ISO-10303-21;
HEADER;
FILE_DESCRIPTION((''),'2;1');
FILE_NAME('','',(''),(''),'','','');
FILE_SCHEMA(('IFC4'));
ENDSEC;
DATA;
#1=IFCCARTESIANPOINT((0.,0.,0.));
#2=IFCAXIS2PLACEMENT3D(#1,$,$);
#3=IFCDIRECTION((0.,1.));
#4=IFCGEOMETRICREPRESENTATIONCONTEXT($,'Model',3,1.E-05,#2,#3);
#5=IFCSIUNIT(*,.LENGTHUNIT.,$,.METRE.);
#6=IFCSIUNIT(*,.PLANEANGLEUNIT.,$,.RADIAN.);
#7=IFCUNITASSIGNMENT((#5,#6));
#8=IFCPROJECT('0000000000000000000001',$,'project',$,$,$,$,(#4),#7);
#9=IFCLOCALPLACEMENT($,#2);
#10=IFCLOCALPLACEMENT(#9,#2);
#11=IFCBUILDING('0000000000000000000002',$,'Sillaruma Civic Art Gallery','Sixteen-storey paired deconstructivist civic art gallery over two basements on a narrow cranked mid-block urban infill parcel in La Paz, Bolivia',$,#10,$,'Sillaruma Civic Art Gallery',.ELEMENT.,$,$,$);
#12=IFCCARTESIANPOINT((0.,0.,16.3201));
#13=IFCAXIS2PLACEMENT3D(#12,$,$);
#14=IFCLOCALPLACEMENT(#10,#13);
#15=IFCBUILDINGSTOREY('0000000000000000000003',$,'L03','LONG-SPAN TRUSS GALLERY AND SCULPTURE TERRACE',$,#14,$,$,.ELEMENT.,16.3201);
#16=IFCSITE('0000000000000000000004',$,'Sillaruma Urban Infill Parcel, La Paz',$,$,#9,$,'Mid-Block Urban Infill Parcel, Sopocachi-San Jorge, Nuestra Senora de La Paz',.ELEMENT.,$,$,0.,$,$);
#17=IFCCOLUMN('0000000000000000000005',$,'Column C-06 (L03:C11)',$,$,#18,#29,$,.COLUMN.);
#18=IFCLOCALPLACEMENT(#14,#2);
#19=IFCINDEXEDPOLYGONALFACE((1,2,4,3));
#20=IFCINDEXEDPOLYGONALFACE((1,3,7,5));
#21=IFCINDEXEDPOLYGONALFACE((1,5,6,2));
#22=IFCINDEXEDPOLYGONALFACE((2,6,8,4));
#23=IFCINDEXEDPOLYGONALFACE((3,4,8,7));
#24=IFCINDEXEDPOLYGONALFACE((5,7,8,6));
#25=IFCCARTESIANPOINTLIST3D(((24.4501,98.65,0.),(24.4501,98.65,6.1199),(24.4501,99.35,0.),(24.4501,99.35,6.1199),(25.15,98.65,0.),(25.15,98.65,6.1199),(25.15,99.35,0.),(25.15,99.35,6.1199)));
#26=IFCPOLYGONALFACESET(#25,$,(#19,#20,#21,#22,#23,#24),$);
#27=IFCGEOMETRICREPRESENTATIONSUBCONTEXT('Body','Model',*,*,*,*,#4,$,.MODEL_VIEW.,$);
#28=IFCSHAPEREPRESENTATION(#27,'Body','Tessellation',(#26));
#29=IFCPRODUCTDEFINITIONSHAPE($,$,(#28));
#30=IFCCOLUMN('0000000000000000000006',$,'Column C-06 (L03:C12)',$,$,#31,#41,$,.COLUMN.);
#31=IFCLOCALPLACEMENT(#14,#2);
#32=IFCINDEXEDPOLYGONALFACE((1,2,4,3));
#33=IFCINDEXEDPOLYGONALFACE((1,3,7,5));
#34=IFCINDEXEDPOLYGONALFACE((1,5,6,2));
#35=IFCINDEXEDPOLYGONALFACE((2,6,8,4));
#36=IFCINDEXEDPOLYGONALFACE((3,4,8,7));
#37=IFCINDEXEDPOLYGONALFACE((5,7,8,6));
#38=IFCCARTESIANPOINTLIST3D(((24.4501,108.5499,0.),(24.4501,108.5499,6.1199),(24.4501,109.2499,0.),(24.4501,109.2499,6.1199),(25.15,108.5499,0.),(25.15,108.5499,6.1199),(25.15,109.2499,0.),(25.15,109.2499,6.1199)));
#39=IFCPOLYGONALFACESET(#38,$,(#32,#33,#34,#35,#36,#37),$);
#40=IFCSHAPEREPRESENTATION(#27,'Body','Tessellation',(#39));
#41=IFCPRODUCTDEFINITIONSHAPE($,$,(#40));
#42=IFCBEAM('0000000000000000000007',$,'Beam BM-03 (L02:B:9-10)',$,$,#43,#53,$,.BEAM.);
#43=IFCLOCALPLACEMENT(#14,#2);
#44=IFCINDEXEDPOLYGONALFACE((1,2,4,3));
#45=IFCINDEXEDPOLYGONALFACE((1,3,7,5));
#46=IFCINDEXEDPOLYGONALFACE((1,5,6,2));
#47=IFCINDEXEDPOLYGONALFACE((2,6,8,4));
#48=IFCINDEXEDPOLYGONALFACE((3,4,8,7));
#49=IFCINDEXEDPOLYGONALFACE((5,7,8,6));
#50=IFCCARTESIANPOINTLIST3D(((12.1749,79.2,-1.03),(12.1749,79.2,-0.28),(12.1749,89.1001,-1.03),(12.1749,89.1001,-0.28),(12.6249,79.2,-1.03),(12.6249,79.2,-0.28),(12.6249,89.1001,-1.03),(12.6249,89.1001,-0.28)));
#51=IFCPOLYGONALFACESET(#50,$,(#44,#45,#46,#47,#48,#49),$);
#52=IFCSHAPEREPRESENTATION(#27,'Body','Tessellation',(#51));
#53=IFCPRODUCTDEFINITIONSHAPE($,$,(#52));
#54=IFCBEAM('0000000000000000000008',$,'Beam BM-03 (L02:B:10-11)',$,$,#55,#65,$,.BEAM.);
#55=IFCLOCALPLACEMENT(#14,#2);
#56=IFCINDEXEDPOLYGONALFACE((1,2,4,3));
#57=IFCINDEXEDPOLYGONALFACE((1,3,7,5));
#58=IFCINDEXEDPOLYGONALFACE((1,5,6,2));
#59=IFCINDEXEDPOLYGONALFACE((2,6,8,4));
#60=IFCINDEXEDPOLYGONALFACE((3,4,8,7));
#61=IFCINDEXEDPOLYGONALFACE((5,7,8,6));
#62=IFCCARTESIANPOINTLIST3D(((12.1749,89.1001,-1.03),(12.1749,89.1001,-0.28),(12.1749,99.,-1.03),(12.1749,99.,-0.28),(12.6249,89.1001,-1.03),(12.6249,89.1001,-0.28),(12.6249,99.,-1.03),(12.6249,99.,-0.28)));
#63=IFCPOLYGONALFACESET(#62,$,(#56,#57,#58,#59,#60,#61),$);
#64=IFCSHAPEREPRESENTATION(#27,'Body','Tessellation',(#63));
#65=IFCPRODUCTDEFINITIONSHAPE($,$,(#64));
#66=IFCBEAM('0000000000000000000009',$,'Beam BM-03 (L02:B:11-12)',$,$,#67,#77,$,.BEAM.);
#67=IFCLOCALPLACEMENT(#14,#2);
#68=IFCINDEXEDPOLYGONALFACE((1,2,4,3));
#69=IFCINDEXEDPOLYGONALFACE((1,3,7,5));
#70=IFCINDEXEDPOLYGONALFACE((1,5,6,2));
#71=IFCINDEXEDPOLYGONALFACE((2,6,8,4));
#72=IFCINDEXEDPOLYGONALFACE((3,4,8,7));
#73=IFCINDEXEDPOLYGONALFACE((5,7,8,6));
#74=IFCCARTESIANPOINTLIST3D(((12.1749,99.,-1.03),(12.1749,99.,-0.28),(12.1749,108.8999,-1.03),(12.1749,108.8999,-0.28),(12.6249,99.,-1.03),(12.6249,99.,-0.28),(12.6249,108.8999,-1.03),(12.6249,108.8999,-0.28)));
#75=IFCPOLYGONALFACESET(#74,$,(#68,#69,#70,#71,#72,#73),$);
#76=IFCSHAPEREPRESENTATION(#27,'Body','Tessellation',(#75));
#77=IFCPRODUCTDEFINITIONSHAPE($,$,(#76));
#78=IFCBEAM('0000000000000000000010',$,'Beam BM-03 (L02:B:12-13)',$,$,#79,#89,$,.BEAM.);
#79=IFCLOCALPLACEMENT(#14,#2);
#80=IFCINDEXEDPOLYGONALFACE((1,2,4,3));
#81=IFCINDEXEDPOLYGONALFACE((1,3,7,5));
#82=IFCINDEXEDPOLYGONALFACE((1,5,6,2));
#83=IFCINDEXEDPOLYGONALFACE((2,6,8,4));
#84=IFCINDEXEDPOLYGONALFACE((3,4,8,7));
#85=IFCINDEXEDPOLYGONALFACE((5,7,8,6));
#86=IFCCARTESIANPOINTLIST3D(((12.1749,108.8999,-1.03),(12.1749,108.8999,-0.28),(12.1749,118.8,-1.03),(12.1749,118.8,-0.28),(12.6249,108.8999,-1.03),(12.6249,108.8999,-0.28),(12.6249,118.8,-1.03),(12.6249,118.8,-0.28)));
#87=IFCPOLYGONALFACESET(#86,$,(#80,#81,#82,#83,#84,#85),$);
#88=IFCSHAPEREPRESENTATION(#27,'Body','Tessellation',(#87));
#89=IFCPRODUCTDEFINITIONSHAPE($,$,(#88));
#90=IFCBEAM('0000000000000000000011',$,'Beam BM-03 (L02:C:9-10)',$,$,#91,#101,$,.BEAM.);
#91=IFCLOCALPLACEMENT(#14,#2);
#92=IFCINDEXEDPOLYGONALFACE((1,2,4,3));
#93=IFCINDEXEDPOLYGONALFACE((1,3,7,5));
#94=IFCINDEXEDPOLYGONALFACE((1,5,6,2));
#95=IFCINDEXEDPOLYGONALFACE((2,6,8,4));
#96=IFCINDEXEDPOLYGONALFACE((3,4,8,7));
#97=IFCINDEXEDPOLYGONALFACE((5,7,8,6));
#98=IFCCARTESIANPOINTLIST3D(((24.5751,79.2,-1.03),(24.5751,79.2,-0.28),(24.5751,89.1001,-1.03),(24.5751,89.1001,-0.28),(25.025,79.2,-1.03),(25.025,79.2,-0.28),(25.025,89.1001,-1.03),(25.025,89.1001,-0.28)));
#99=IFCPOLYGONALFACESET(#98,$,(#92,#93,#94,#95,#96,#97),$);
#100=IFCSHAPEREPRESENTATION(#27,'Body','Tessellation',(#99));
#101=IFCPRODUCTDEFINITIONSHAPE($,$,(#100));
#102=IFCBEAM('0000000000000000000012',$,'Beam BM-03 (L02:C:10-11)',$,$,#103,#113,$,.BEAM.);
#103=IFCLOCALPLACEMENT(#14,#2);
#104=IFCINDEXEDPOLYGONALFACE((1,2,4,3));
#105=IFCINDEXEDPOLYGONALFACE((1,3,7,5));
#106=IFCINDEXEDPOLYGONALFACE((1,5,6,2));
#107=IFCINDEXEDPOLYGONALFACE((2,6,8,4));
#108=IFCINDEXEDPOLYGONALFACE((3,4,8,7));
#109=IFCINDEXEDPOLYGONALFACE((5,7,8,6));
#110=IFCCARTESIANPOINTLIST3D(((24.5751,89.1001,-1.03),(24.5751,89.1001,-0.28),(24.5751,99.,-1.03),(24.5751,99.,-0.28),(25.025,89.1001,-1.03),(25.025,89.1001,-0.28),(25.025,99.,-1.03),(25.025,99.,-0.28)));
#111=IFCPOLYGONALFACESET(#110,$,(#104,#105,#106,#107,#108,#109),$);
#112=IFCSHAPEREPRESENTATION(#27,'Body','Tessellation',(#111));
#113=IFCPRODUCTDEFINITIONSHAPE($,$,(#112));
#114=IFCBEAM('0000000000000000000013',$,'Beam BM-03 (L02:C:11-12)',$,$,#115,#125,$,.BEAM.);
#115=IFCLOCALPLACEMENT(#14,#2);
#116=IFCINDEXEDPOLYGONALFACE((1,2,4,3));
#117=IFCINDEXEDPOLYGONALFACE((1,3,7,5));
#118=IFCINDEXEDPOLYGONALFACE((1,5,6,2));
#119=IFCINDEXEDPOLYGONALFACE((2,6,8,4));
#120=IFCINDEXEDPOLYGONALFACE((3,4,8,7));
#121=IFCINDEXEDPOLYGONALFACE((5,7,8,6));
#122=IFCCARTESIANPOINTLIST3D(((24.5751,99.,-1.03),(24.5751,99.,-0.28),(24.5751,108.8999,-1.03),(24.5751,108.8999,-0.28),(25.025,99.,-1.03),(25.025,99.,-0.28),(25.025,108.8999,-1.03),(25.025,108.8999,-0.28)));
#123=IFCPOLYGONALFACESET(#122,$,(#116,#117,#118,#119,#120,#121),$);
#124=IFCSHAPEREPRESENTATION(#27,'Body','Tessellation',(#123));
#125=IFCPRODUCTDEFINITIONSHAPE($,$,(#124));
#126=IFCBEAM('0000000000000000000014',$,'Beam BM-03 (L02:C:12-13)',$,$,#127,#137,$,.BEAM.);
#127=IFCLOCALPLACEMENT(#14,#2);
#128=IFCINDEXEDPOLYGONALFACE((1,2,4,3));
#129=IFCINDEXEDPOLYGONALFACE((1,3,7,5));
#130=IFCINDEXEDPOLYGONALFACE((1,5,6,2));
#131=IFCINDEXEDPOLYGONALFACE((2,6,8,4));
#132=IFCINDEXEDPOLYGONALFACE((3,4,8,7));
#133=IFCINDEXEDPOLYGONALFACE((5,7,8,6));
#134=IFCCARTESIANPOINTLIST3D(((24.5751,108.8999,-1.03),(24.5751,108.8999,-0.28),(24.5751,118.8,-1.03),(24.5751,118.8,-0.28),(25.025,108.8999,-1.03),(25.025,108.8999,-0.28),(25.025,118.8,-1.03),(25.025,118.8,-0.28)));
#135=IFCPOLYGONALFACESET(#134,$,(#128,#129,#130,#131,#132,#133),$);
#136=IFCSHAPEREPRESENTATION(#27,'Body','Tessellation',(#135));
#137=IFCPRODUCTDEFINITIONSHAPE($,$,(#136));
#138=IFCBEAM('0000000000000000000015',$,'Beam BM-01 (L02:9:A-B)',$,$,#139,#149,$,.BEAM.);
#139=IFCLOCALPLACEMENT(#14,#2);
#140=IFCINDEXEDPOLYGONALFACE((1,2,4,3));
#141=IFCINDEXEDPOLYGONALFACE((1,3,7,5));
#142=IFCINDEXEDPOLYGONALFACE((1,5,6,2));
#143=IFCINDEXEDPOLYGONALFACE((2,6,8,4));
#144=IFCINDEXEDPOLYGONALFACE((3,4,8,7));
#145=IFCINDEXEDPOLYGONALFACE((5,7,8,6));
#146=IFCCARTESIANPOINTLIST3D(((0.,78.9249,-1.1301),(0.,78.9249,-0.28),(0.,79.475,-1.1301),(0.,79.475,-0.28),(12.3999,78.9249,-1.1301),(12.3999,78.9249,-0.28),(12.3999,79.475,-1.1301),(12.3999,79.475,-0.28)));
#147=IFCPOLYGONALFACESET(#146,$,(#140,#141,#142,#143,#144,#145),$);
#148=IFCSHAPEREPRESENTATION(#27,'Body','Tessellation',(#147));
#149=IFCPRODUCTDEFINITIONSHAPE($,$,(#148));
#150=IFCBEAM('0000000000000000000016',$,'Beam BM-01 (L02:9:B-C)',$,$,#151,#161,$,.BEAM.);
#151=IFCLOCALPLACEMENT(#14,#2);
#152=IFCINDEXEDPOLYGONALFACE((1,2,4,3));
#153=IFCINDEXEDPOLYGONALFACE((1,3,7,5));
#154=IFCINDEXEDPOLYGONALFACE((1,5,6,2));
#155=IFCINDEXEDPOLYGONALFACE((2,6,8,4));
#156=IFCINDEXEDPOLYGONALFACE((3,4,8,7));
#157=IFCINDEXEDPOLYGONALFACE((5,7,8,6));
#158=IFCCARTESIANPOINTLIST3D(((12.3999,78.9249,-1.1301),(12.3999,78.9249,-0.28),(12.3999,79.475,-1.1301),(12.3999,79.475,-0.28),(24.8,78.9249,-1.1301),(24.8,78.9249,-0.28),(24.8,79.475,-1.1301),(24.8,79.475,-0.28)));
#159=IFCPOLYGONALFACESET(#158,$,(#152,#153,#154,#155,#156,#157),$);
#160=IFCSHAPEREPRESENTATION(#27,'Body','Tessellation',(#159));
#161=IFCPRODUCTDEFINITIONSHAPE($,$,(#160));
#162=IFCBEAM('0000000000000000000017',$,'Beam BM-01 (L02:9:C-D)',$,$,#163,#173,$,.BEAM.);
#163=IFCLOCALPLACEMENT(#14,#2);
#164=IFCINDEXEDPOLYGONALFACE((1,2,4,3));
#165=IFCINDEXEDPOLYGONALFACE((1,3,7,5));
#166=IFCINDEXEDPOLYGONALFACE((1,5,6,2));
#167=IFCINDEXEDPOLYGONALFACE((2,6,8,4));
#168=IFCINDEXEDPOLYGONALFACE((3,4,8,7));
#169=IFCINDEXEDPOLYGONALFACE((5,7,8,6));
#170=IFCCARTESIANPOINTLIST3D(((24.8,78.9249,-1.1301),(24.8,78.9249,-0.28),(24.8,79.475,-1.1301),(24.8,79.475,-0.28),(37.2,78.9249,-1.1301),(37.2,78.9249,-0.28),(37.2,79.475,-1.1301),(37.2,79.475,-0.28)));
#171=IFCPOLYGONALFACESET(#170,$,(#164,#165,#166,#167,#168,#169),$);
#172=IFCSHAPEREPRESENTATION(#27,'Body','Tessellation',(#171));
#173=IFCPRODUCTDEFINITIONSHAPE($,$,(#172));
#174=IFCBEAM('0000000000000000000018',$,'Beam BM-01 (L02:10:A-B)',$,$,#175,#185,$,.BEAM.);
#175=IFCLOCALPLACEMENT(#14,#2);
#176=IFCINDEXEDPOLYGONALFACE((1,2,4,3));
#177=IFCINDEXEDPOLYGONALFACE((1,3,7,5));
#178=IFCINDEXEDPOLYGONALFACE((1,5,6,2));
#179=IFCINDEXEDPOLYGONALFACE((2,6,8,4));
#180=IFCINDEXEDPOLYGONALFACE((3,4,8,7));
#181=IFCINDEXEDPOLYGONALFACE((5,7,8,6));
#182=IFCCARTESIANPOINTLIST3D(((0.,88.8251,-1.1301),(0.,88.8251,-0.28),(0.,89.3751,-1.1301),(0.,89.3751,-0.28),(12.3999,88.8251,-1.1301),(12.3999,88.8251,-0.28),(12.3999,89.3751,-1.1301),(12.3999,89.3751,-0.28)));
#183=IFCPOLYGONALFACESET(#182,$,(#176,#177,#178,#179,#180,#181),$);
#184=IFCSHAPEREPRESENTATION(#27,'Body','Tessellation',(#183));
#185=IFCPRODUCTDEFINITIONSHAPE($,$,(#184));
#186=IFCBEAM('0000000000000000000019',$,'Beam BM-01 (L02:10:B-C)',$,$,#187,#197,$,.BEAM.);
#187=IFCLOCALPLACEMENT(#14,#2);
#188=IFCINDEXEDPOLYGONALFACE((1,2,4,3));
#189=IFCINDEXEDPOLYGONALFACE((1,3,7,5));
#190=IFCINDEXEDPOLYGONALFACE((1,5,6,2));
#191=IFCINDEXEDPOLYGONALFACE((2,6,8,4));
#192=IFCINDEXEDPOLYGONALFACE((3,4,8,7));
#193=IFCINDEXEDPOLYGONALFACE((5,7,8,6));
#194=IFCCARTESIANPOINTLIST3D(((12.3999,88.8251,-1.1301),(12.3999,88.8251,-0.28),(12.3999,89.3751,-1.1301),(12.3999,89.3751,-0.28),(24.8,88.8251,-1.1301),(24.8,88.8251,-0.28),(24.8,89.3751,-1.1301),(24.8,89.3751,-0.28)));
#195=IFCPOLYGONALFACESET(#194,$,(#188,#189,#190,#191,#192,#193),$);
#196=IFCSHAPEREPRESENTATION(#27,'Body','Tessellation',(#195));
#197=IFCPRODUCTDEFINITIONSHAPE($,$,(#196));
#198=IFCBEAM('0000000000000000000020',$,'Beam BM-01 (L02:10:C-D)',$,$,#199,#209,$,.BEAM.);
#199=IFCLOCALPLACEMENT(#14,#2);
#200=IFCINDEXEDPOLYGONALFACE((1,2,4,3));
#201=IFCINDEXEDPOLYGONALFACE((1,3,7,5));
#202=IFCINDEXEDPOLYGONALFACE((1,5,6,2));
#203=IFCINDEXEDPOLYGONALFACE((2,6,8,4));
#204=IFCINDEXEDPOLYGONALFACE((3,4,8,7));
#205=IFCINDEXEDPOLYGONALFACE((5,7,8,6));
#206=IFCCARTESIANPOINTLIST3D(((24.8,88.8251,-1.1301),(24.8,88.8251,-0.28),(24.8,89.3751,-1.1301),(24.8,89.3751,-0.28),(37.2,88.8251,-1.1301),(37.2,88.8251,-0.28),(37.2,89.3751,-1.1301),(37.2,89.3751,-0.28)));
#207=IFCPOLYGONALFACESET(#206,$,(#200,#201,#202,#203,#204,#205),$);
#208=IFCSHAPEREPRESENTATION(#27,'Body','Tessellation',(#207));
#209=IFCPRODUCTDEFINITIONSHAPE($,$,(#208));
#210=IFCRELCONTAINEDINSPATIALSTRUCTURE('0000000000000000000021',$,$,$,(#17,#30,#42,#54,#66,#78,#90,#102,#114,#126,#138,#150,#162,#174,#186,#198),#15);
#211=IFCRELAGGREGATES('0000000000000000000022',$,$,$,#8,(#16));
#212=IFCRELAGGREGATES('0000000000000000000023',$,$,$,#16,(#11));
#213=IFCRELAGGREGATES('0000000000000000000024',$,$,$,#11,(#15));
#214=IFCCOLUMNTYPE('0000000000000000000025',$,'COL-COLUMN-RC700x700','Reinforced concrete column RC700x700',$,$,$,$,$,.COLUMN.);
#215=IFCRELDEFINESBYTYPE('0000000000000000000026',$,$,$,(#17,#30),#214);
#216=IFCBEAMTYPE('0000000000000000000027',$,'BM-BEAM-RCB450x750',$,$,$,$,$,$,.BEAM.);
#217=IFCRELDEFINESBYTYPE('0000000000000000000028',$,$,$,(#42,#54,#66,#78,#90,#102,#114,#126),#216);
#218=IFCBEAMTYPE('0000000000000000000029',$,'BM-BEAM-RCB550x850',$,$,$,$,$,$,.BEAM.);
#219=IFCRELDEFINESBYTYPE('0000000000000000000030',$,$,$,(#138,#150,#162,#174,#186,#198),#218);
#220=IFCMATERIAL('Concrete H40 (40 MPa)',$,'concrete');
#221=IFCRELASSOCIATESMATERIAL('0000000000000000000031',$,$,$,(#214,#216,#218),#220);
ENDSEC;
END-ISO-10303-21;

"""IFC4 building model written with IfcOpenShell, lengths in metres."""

from ifc_helpers import new_model, si_unit, direction, frame, origin, origin_2d, place, context, subcontext, project, spatial, rectangle, extrude, material, material_profile, profile_set, type_object, element, save


model = new_model("IFC4")

# Units and contexts
model_context = context("Model", 3, precision=1e-05, world=origin(), true_north=direction((0.0, 1.0)))
body_context = subcontext(model_context, "Body", "Model", "MODEL_VIEW")
ifc_project = project(units=[si_unit("LENGTHUNIT", "METRE"), si_unit("PLANEANGLEUNIT", "RADIAN")], contexts=[model_context])

# Site, building, storey
site_placement = place(None, origin())
site = spatial("IfcSite", under=ifc_project, at=site_placement, Name="Sillaruma Urban Infill Parcel, La Paz", LongName="Mid-Block Urban Infill Parcel, Sopocachi-San Jorge, Nuestra Senora de La Paz", CompositionType="ELEMENT", RefElevation=0.0)
building_placement = place(site_placement, origin())
building = spatial("IfcBuilding", under=site, at=building_placement, Name="Sillaruma Civic Art Gallery", Description="Sixteen-storey paired deconstructivist civic art gallery over two basements on a narrow cranked mid-block urban infill parcel in La Paz, Bolivia", LongName="Sillaruma Civic Art Gallery", CompositionType="ELEMENT")
storey_placement = place(building_placement, frame((0.0, 0.0, 16.3201)))
storey = spatial("IfcBuildingStorey", under=building, at=storey_placement, Name="L03", Description="LONG-SPAN TRUSS GALLERY AND SCULPTURE TERRACE", CompositionType="ELEMENT", Elevation=16.3201)

# Columns
ifc_material_1 = material(Name="Concrete H40 (40 MPa)", Category="concrete")
ifc_material_profile_1 = material_profile(ifc_material_1, rectangle(XDim=0.7, YDim=0.7, at=origin_2d()), Name="RC700x700")
ifc_profile_set_1 = profile_set([ifc_material_profile_1], Name="Concrete H40 (40 MPa)")
column_type = type_object("IfcColumnType", Name="COL-COLUMN-RC700x700", Description="Reinforced concrete column RC700x700", PredefinedType="COLUMN", material=ifc_profile_set_1)
for number, where, z_axis, x_axis, name in (
    (1, (24.8, 99.0, 0.0), (0.0, 0.0, 1.0), (1.0, 0.0, 0.0), "Column C-06 (L03:C11)"),
    (2, (24.8, 108.8999, 0.0), (0.0, 0.0, 1.0), (1.0, 0.0, 0.0), "Column C-06 (L03:C12)"),
):
    element("IfcColumn", number, at=place(storey_placement, frame(where, z_axis=z_axis, x_axis=x_axis)), inside=storey, type_object=column_type, Name=name, PredefinedType="COLUMN", context=body_context, shape_type="SweptSolid", body=[
        extrude(rectangle(XDim=0.7, YDim=0.7, at=origin_2d()), origin(), (0.0, 0.0, 1.0), 6.1199),
    ])

# Beams
ifc_material_profile_2 = material_profile(ifc_material_1, rectangle(XDim=0.45, YDim=0.75, at=origin_2d()), Name="RCB450x750")
ifc_profile_set_2 = profile_set([ifc_material_profile_2], Name="Concrete H40 (40 MPa)")
beam_type_1 = type_object("IfcBeamType", Name="BM-BEAM-RCB450x750", PredefinedType="BEAM", material=ifc_profile_set_2)
beam_1_placement = place(storey_placement, frame((12.3999, 79.2, -0.655), z_axis=(0.0, 1.0, 0.0), x_axis=(-1.0, 0.0, 0.0)))
element("IfcBeam", 3, at=beam_1_placement, inside=storey, type_object=beam_type_1, Name="Beam BM-03 (L02:B:9-10)", PredefinedType="BEAM", context=body_context, shape_type="SweptSolid", body=[
    extrude(rectangle(XDim=0.45, YDim=0.75, at=origin_2d()), origin(), (0.0, 0.0, 1.0), 9.9001),
])
for number, where, z_axis, x_axis, name in (
    (4, (12.3999, 89.1001, -0.655), (0.0, 1.0, 0.0), (-1.0, 0.0, 0.0), "Beam BM-03 (L02:B:10-11)"),
    (5, (12.3999, 99.0, -0.655), (0.0, 1.0, 0.0), (-1.0, 0.0, 0.0), "Beam BM-03 (L02:B:11-12)"),
):
    element("IfcBeam", number, at=place(storey_placement, frame(where, z_axis=z_axis, x_axis=x_axis)), inside=storey, type_object=beam_type_1, Name=name, PredefinedType="BEAM", context=body_context, shape_type="SweptSolid", body=[
        extrude(rectangle(XDim=0.45, YDim=0.75, at=origin_2d()), origin(), (0.0, 0.0, 1.0), 9.8999),
    ])
for number, where, z_axis, x_axis, name in (
    (6, (12.3999, 108.8999, -0.655), (0.0, 1.0, 0.0), (-1.0, 0.0, 0.0), "Beam BM-03 (L02:B:12-13)"),
    (7, (24.8, 79.2, -0.655), (0.0, 1.0, 0.0), (-1.0, 0.0, 0.0), "Beam BM-03 (L02:C:9-10)"),
):
    element("IfcBeam", number, at=place(storey_placement, frame(where, z_axis=z_axis, x_axis=x_axis)), inside=storey, type_object=beam_type_1, Name=name, PredefinedType="BEAM", context=body_context, shape_type="SweptSolid", body=[
        extrude(rectangle(XDim=0.45, YDim=0.75, at=origin_2d()), origin(), (0.0, 0.0, 1.0), 9.9001),
    ])
for number, where, z_axis, x_axis, name in (
    (8, (24.8, 89.1001, -0.655), (0.0, 1.0, 0.0), (-1.0, 0.0, 0.0), "Beam BM-03 (L02:C:10-11)"),
    (9, (24.8, 99.0, -0.655), (0.0, 1.0, 0.0), (-1.0, 0.0, 0.0), "Beam BM-03 (L02:C:11-12)"),
):
    element("IfcBeam", number, at=place(storey_placement, frame(where, z_axis=z_axis, x_axis=x_axis)), inside=storey, type_object=beam_type_1, Name=name, PredefinedType="BEAM", context=body_context, shape_type="SweptSolid", body=[
        extrude(rectangle(XDim=0.45, YDim=0.75, at=origin_2d()), origin(), (0.0, 0.0, 1.0), 9.8999),
    ])
beam_2_placement = place(storey_placement, frame((24.8, 108.8999, -0.655), z_axis=(0.0, 1.0, 0.0), x_axis=(-1.0, 0.0, 0.0)))
element("IfcBeam", 10, at=beam_2_placement, inside=storey, type_object=beam_type_1, Name="Beam BM-03 (L02:C:12-13)", PredefinedType="BEAM", context=body_context, shape_type="SweptSolid", body=[
    extrude(rectangle(XDim=0.45, YDim=0.75, at=origin_2d()), origin(), (0.0, 0.0, 1.0), 9.9001),
])
ifc_material_profile_3 = material_profile(ifc_material_1, rectangle(XDim=0.55, YDim=0.8501, at=origin_2d()), Name="RCB550x850")
ifc_profile_set_3 = profile_set([ifc_material_profile_3], Name="Concrete H40 (40 MPa)")
beam_type_2 = type_object("IfcBeamType", Name="BM-BEAM-RCB550x850", PredefinedType="BEAM", material=ifc_profile_set_3)
beam_3_placement = place(storey_placement, frame((0.0, 79.2, -0.7051), z_axis=(1.0, 0.0, 0.0), x_axis=(0.0, 1.0, 0.0)))
element("IfcBeam", 11, at=beam_3_placement, inside=storey, type_object=beam_type_2, Name="Beam BM-01 (L02:9:A-B)", PredefinedType="BEAM", context=body_context, shape_type="SweptSolid", body=[
    extrude(rectangle(XDim=0.55, YDim=0.8501, at=origin_2d()), origin(), (0.0, 0.0, 1.0), 12.3999),
])
beam_4_placement = place(storey_placement, frame((12.3999, 79.2, -0.7051), z_axis=(1.0, 0.0, 0.0), x_axis=(0.0, 1.0, 0.0)))
element("IfcBeam", 12, at=beam_4_placement, inside=storey, type_object=beam_type_2, Name="Beam BM-01 (L02:9:B-C)", PredefinedType="BEAM", context=body_context, shape_type="SweptSolid", body=[
    extrude(rectangle(XDim=0.55, YDim=0.8501, at=origin_2d()), origin(), (0.0, 0.0, 1.0), 12.4001),
])
for number, where, z_axis, x_axis, name in (
    (13, (24.8, 79.2, -0.7051), (1.0, 0.0, 0.0), (0.0, 1.0, 0.0), "Beam BM-01 (L02:9:C-D)"),
    (14, (0.0, 89.1001, -0.7051), (1.0, 0.0, 0.0), (0.0, 1.0, 0.0), "Beam BM-01 (L02:10:A-B)"),
):
    element("IfcBeam", number, at=place(storey_placement, frame(where, z_axis=z_axis, x_axis=x_axis)), inside=storey, type_object=beam_type_2, Name=name, PredefinedType="BEAM", context=body_context, shape_type="SweptSolid", body=[
        extrude(rectangle(XDim=0.55, YDim=0.8501, at=origin_2d()), origin(), (0.0, 0.0, 1.0), 12.3999),
    ])
beam_5_placement = place(storey_placement, frame((12.3999, 89.1001, -0.7051), z_axis=(1.0, 0.0, 0.0), x_axis=(0.0, 1.0, 0.0)))
element("IfcBeam", 15, at=beam_5_placement, inside=storey, type_object=beam_type_2, Name="Beam BM-01 (L02:10:B-C)", PredefinedType="BEAM", context=body_context, shape_type="SweptSolid", body=[
    extrude(rectangle(XDim=0.55, YDim=0.8501, at=origin_2d()), origin(), (0.0, 0.0, 1.0), 12.4001),
])
for number, where, z_axis, x_axis, name in (
    (16, (24.8, 89.1001, -0.7051), (1.0, 0.0, 0.0), (0.0, 1.0, 0.0), "Beam BM-01 (L02:10:C-D)"),
):
    element("IfcBeam", number, at=place(storey_placement, frame(where, z_axis=z_axis, x_axis=x_axis)), inside=storey, type_object=beam_type_2, Name=name, PredefinedType="BEAM", context=body_context, shape_type="SweptSolid", body=[
        extrude(rectangle(XDim=0.55, YDim=0.8501, at=origin_2d()), origin(), (0.0, 0.0, 1.0), 12.3999),
    ])

save(model, "model.ifc")
